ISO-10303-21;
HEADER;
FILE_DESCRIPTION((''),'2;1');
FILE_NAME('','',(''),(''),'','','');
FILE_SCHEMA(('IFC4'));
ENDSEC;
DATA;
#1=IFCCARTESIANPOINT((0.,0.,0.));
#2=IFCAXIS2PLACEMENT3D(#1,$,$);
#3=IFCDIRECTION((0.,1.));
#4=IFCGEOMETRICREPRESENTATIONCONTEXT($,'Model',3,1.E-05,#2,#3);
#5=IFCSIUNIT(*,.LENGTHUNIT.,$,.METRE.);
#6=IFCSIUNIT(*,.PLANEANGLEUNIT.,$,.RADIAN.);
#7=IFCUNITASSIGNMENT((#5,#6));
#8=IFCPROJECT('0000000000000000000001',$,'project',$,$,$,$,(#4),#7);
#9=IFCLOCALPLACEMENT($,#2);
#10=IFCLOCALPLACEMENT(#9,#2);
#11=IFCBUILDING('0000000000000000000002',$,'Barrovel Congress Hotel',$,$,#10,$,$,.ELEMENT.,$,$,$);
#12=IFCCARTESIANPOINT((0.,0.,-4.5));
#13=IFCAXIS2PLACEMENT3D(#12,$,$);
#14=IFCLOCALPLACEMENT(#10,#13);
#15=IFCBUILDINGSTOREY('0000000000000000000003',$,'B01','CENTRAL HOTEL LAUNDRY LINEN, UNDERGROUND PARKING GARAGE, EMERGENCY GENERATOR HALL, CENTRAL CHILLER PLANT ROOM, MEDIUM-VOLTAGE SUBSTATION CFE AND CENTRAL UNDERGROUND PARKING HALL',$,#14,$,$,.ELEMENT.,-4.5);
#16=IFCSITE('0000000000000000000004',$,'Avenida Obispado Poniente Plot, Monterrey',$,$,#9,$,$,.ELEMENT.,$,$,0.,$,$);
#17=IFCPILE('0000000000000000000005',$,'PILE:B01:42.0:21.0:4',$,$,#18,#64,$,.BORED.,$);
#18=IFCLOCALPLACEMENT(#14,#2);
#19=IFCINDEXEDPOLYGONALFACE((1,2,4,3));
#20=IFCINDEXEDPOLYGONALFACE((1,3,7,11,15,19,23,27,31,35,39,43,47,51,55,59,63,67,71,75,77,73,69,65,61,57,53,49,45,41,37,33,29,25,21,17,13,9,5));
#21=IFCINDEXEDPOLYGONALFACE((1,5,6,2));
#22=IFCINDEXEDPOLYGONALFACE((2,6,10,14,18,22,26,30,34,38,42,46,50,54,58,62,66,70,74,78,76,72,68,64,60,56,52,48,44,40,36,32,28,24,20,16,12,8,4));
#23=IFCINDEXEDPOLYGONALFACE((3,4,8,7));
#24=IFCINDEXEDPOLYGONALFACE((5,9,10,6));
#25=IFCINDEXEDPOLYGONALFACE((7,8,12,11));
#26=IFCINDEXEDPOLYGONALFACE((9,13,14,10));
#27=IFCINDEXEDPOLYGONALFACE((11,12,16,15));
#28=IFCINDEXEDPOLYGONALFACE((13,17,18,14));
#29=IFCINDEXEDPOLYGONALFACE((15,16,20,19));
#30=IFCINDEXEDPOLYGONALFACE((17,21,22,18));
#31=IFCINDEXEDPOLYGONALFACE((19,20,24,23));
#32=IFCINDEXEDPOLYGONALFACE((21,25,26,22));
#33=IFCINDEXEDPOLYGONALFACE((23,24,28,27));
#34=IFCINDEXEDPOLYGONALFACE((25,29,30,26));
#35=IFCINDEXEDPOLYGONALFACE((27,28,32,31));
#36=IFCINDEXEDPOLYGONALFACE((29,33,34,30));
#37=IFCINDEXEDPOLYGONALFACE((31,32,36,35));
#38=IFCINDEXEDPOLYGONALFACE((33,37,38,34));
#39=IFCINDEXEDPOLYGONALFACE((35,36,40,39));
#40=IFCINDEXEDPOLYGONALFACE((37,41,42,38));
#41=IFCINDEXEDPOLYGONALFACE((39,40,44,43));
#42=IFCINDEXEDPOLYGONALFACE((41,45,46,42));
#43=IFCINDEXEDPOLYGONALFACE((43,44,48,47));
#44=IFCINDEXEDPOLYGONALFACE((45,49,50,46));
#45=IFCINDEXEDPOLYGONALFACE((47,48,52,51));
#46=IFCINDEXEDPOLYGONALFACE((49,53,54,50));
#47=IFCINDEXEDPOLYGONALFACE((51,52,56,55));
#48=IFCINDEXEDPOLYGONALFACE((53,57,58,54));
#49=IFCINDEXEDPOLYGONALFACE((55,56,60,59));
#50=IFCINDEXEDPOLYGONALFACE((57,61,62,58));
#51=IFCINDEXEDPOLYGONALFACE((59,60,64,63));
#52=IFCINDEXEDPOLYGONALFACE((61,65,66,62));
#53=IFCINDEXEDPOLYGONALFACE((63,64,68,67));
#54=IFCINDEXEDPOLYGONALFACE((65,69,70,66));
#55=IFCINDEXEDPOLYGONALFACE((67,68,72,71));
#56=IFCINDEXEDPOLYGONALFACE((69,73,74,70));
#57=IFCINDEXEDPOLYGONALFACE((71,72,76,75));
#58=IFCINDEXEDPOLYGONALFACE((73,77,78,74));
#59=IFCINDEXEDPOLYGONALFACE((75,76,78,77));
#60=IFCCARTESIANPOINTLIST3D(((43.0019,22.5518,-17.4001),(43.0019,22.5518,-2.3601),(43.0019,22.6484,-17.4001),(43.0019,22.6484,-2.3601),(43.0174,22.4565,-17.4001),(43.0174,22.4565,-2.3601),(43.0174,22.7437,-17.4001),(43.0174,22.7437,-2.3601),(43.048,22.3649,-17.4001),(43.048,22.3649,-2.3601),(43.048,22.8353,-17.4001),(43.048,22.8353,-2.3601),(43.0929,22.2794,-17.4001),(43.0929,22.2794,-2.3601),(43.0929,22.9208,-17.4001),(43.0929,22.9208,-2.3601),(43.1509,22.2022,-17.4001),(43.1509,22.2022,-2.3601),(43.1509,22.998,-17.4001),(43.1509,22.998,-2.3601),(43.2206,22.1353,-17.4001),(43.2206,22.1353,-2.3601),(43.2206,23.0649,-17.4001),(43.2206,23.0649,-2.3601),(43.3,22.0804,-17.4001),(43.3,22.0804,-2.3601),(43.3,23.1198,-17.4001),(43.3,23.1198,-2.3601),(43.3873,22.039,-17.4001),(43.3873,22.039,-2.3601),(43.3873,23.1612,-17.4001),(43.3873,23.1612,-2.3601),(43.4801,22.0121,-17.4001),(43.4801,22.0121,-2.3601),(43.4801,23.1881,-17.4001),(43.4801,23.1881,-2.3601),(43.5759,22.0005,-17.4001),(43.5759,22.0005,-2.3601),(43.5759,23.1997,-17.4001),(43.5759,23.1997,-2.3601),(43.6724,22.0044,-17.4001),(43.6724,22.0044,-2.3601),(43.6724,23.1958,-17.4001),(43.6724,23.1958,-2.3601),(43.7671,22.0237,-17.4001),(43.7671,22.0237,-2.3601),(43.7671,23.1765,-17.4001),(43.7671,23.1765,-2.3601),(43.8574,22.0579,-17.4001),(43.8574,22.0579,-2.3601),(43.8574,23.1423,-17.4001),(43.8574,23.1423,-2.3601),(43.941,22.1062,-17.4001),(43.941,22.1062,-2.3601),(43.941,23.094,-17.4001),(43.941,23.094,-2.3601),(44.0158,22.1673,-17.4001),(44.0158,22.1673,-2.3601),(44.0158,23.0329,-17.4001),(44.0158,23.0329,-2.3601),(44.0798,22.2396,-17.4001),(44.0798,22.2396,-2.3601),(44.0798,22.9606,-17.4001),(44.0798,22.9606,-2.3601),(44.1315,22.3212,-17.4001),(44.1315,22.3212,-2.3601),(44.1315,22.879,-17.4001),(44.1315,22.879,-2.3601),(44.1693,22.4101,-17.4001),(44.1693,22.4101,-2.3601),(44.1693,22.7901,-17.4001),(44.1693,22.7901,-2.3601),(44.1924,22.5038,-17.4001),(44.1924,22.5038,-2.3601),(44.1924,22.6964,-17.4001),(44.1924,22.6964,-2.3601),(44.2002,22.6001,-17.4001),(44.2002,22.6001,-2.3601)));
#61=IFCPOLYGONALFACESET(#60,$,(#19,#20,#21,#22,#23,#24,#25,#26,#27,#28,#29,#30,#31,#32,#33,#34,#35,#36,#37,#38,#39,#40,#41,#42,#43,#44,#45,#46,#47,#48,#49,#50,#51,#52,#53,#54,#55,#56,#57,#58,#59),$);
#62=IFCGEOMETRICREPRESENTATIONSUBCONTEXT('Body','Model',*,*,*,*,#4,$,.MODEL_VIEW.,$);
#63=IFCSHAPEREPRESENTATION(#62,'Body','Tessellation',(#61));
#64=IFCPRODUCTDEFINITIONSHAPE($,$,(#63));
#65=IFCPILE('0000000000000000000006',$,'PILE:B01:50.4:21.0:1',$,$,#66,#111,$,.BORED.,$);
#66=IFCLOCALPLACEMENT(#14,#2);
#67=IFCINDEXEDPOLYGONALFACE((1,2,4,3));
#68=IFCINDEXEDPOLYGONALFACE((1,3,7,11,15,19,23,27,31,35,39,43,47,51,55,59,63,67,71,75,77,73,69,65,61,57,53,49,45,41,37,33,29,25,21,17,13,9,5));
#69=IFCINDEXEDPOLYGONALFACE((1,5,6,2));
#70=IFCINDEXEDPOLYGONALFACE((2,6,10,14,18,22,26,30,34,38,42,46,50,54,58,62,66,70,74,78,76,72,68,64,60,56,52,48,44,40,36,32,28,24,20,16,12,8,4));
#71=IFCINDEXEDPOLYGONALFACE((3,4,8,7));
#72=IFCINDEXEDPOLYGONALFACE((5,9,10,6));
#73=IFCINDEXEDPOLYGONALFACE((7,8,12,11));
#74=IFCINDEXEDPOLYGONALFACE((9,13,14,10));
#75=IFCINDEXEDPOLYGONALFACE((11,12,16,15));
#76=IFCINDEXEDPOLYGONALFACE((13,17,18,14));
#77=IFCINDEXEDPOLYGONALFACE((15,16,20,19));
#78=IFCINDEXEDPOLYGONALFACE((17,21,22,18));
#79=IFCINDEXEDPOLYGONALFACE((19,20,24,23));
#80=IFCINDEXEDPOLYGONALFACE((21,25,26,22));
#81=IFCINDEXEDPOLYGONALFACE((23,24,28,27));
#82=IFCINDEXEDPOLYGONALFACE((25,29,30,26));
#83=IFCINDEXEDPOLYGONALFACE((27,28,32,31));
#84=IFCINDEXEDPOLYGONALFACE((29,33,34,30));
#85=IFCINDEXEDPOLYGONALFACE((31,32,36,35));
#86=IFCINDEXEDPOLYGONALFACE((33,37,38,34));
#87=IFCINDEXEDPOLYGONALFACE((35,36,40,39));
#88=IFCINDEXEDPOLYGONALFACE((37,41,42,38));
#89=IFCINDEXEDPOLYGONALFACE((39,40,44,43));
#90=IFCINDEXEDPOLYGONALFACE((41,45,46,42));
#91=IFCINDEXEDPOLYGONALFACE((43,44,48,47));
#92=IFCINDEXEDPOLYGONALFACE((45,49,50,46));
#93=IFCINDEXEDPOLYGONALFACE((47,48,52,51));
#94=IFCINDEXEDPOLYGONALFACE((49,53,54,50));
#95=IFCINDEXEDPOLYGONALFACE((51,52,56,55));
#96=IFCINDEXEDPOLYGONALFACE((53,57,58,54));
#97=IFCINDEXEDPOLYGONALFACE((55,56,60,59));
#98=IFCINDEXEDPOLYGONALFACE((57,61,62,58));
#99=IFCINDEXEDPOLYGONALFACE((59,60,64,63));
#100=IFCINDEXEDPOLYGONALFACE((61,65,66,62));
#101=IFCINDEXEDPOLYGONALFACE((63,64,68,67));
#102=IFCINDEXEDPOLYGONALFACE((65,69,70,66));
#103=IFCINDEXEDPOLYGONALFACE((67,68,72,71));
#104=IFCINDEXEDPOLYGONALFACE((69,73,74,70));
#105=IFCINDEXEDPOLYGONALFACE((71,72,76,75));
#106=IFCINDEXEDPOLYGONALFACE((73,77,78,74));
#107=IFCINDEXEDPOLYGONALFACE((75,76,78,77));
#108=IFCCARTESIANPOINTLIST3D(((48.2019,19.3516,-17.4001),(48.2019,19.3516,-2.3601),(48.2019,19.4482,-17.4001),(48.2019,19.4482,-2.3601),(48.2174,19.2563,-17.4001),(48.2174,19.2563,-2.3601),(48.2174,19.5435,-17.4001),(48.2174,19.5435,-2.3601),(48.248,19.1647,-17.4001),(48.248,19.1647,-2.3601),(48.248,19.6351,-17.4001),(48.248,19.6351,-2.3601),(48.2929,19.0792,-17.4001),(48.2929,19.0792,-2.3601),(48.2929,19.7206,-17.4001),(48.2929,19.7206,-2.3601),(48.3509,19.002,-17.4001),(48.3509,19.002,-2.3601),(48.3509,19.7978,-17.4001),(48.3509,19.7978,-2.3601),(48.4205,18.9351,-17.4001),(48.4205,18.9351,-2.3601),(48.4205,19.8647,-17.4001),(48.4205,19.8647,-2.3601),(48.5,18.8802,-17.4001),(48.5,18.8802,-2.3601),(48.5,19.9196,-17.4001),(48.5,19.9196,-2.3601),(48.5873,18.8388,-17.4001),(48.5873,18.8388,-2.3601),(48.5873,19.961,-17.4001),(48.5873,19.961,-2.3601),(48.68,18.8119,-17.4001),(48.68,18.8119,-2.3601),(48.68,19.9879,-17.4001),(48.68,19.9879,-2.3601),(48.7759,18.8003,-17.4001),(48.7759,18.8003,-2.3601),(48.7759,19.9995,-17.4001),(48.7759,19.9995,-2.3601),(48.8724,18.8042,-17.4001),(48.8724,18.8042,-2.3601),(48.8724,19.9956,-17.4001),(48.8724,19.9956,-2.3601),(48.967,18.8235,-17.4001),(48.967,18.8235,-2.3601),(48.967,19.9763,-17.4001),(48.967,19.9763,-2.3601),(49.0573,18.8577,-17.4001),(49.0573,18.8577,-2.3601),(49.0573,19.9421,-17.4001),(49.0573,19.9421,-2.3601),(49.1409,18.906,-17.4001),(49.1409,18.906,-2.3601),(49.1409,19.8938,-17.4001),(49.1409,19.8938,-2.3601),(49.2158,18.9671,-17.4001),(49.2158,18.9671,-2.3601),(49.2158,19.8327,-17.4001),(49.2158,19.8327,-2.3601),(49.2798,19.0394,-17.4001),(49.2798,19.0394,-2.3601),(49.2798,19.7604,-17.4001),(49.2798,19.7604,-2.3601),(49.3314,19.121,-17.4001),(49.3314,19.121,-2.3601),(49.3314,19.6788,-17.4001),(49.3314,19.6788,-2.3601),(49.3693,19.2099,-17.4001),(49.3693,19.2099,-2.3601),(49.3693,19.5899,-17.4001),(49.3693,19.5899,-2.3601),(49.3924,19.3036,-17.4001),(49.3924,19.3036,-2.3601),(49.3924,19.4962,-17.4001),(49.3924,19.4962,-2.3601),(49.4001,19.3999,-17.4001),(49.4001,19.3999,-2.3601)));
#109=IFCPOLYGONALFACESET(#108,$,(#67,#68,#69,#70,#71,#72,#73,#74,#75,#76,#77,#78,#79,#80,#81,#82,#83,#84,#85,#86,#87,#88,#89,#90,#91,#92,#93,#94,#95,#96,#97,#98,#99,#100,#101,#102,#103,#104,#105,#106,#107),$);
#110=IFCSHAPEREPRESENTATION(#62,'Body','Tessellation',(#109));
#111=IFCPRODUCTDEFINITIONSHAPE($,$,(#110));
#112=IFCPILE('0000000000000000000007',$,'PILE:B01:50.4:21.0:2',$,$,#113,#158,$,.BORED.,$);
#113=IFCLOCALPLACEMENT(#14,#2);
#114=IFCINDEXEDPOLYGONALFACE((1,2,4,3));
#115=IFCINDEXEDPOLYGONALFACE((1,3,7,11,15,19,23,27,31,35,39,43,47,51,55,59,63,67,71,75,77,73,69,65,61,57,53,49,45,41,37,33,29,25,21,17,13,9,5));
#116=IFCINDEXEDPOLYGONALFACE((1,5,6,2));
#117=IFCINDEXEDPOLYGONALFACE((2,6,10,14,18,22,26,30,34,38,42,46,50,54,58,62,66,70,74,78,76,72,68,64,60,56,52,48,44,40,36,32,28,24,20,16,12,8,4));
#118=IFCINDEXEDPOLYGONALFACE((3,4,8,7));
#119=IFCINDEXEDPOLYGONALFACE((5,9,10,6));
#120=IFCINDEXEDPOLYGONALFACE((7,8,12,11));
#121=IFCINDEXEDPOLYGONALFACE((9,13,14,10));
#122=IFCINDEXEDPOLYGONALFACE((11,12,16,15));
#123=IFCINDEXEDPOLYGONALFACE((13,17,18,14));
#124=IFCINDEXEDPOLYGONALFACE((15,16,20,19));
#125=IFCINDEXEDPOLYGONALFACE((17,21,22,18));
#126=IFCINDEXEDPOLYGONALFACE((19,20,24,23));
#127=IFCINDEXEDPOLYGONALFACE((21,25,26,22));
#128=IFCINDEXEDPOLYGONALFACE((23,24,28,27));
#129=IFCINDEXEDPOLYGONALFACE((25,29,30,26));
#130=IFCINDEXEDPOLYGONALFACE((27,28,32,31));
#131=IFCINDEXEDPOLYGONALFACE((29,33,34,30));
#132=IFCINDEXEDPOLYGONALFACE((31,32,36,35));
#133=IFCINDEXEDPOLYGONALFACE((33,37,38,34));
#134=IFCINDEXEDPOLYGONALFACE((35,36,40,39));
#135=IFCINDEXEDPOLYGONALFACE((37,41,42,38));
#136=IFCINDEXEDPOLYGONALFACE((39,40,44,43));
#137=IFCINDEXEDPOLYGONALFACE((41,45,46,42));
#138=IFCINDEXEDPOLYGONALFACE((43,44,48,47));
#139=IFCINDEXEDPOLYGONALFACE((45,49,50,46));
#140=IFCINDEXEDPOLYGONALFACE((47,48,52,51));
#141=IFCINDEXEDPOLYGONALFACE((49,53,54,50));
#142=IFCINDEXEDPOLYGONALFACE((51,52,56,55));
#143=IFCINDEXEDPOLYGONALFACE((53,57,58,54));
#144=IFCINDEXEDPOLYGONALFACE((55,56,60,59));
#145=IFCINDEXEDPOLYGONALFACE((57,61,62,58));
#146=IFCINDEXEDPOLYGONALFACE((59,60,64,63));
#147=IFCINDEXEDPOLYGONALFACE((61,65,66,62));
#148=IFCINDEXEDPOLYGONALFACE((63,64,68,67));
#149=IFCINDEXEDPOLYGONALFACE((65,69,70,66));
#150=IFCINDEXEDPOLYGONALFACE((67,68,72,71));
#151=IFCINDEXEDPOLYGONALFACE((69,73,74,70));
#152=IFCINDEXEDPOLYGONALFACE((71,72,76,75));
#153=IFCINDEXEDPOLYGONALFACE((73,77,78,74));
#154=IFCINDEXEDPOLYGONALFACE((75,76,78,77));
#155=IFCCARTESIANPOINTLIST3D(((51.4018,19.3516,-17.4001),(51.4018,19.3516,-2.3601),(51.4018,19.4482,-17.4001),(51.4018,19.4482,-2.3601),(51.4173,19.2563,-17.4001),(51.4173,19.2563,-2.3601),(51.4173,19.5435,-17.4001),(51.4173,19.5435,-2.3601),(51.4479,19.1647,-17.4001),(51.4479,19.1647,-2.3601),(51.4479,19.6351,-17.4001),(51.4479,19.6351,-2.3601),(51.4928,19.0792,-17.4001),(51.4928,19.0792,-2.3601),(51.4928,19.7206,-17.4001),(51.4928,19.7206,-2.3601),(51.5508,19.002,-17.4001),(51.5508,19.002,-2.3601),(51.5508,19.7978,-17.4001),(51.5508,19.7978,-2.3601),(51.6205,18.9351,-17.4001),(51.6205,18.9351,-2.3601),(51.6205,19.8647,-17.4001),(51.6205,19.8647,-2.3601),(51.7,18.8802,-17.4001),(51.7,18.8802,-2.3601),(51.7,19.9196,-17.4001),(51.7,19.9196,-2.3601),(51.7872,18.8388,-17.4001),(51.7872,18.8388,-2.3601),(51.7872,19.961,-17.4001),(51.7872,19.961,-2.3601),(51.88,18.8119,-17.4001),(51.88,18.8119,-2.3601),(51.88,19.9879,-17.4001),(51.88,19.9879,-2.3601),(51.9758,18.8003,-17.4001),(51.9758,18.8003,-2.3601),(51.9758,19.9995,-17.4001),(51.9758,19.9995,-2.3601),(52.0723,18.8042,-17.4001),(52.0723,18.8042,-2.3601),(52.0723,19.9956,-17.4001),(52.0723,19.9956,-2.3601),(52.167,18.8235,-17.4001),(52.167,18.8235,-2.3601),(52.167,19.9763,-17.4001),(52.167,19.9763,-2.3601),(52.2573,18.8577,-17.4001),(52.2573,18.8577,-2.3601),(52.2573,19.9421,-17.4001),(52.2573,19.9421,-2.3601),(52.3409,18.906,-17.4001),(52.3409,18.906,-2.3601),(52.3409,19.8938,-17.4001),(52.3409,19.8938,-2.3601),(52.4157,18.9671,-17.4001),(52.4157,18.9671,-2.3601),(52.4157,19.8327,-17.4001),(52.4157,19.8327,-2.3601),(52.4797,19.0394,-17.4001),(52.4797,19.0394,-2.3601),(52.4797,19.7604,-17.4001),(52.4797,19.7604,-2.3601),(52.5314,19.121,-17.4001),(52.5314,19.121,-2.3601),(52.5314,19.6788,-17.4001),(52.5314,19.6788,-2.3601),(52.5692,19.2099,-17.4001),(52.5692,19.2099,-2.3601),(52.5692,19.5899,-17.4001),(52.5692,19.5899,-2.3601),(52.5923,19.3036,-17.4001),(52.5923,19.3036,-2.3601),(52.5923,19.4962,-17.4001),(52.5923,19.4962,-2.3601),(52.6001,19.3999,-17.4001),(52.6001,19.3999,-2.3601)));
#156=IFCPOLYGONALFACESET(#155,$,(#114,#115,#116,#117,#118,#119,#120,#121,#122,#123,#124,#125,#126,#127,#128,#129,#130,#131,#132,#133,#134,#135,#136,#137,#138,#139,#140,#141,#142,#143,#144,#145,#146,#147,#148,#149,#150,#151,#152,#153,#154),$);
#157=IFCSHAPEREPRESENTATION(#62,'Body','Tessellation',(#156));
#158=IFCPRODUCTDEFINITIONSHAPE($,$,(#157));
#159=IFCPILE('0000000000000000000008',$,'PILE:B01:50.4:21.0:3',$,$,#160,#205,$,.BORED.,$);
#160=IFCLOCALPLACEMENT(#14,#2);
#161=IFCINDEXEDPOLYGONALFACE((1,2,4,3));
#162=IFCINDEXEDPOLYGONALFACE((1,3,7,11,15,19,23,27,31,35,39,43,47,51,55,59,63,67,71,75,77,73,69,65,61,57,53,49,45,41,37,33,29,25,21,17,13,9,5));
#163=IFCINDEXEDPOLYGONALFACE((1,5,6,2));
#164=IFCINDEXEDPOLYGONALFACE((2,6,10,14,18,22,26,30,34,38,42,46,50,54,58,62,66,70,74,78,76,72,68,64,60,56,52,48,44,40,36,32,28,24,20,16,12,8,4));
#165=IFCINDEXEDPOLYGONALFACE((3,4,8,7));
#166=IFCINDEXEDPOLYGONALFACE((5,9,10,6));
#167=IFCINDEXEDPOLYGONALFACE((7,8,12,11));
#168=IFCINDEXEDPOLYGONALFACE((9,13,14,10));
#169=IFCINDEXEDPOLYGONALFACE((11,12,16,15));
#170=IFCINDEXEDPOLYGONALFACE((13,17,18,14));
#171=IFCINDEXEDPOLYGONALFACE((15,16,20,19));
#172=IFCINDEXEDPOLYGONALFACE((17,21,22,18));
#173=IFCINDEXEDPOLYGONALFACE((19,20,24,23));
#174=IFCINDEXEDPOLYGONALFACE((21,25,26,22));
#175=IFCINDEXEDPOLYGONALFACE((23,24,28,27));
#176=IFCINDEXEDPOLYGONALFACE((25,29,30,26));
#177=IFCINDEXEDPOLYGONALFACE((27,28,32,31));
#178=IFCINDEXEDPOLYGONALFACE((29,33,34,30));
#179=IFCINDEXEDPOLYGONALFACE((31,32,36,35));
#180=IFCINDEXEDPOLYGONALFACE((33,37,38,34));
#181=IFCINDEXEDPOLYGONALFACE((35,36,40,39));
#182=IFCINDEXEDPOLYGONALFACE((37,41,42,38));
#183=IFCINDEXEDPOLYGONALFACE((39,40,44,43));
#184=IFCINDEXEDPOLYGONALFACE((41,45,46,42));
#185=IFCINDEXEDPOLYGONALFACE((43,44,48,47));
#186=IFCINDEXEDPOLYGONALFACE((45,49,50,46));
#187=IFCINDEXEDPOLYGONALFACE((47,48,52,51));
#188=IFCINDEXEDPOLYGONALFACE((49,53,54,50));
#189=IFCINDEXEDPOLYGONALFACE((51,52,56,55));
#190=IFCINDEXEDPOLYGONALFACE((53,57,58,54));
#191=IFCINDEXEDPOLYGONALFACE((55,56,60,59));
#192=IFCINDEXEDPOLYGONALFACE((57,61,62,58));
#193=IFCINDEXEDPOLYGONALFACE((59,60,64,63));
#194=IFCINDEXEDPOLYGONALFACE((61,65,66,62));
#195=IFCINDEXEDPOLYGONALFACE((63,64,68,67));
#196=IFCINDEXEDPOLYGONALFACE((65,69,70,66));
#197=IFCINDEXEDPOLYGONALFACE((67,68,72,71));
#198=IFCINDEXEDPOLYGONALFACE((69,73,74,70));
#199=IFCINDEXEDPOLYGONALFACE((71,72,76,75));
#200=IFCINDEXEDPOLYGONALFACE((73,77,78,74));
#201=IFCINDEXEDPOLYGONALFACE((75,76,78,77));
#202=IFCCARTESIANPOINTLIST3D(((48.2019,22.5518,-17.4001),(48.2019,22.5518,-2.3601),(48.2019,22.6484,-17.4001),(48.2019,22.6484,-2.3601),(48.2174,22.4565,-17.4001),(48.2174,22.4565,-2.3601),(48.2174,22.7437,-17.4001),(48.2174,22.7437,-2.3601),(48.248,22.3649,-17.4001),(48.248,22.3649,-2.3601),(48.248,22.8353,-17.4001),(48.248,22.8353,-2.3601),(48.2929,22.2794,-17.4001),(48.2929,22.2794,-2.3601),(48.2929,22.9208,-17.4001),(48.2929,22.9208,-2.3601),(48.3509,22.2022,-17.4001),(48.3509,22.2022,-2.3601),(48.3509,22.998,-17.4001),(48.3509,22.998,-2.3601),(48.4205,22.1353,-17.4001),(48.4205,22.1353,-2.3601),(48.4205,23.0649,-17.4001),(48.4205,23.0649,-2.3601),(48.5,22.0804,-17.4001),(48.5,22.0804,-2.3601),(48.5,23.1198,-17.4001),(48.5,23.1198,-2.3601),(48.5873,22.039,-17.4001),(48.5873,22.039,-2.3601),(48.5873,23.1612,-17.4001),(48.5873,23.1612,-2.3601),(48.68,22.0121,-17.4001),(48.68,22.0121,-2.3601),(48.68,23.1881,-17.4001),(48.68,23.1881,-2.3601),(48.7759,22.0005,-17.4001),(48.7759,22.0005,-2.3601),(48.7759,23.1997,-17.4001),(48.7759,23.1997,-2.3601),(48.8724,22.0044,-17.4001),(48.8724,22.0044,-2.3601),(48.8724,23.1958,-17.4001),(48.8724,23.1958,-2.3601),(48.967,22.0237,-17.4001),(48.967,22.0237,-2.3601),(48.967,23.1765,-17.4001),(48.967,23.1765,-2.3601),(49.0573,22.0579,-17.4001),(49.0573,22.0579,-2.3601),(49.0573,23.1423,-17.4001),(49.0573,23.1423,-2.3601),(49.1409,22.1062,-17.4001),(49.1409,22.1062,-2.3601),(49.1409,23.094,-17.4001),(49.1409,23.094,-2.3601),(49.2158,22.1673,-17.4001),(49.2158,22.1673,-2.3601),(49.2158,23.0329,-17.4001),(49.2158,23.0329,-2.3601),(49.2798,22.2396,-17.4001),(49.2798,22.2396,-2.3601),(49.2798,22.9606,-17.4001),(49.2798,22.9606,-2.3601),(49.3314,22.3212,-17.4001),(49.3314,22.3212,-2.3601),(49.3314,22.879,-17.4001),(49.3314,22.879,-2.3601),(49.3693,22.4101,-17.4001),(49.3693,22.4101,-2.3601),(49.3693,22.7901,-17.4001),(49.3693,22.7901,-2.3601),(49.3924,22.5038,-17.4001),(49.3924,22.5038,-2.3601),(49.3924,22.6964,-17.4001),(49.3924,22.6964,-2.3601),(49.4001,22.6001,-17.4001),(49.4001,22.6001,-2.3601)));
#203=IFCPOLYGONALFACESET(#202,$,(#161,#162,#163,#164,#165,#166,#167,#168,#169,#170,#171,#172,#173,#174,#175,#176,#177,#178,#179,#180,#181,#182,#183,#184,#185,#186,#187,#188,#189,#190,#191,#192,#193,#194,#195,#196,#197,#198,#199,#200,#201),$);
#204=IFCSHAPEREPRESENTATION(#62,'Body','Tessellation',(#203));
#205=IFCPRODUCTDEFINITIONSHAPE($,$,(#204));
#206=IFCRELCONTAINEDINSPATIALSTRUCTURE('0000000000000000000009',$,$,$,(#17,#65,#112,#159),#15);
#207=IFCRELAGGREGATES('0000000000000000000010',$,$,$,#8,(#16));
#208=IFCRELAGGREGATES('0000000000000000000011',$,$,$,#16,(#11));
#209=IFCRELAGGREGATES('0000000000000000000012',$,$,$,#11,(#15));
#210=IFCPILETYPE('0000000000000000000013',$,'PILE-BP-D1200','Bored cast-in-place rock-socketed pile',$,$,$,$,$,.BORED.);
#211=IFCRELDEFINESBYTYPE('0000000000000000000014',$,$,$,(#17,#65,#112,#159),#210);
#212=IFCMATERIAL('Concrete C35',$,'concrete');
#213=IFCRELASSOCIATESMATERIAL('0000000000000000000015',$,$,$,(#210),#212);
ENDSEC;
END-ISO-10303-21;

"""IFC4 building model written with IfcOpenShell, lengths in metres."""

from ifc_helpers import new_model, si_unit, direction, frame, origin, origin_2d, place, context, subcontext, project, spatial, circle, extrude, material, material_profile, profile_set, type_object, element, save


model = new_model("IFC4")

# Units and contexts
model_context = context("Model", 3, precision=1e-05, world=origin(), true_north=direction((0.0, 1.0)))
body_context = subcontext(model_context, "Body", "Model", "MODEL_VIEW")
ifc_project = project(units=[si_unit("LENGTHUNIT", "METRE"), si_unit("PLANEANGLEUNIT", "RADIAN")], contexts=[model_context])

# Site, building, storey
site_placement = place(None, origin())
site = spatial("IfcSite", under=ifc_project, at=site_placement, Name="Avenida Obispado Poniente Plot, Monterrey", CompositionType="ELEMENT", RefElevation=0.0)
building_placement = place(site_placement, origin())
building = spatial("IfcBuilding", under=site, at=building_placement, Name="Barrovel Congress Hotel", CompositionType="ELEMENT")
storey_placement = place(building_placement, frame((0.0, 0.0, -4.5)))
storey = spatial("IfcBuildingStorey", under=building, at=storey_placement, Name="B01", Description="CENTRAL HOTEL LAUNDRY LINEN, UNDERGROUND PARKING GARAGE, EMERGENCY GENERATOR HALL, CENTRAL CHILLER PLANT ROOM, MEDIUM-VOLTAGE SUBSTATION CFE AND CENTRAL UNDERGROUND PARKING HALL", CompositionType="ELEMENT", Elevation=-4.5)

# Piles
ifc_material_1 = material(Name="Concrete C35", Category="concrete")
ifc_material_profile_1 = material_profile(ifc_material_1, circle(Radius=0.6001, at=origin_2d()), Name="BP-D1200")
ifc_profile_set_1 = profile_set([ifc_material_profile_1], Name="Concrete C35")
pile_type_1 = type_object("IfcPileType", Name="PILE-BP-D1200", Description="Bored cast-in-place rock-socketed pile", PredefinedType="BORED", material=ifc_profile_set_1)
for number, where, z_axis, x_axis, name in (
    (1, (43.6001, 22.6001, -2.3601), (0.0, 0.0, -1.0), (1.0, 0.0, 0.0), "PILE:B01:42.0:21.0:4"),
    (2, (48.8, 19.3999, -2.3601), (0.0, 0.0, -1.0), (1.0, 0.0, 0.0), "PILE:B01:50.4:21.0:1"),
    (3, (52.0, 19.3999, -2.3601), (0.0, 0.0, -1.0), (1.0, 0.0, 0.0), "PILE:B01:50.4:21.0:2"),
    (4, (48.8, 22.6001, -2.3601), (0.0, 0.0, -1.0), (1.0, 0.0, 0.0), "PILE:B01:50.4:21.0:3"),
):
    element("IfcPile", number, at=place(storey_placement, frame(where, z_axis=z_axis, x_axis=x_axis)), inside=storey, type_object=pile_type_1, Name=name, PredefinedType="BORED", context=body_context, shape_type="SweptSolid", body=[
        extrude(circle(Radius=0.6001, at=origin_2d()), origin(), (0.0, 0.0, 1.0), 15.04),
    ])

save(model, "model.ifc")
